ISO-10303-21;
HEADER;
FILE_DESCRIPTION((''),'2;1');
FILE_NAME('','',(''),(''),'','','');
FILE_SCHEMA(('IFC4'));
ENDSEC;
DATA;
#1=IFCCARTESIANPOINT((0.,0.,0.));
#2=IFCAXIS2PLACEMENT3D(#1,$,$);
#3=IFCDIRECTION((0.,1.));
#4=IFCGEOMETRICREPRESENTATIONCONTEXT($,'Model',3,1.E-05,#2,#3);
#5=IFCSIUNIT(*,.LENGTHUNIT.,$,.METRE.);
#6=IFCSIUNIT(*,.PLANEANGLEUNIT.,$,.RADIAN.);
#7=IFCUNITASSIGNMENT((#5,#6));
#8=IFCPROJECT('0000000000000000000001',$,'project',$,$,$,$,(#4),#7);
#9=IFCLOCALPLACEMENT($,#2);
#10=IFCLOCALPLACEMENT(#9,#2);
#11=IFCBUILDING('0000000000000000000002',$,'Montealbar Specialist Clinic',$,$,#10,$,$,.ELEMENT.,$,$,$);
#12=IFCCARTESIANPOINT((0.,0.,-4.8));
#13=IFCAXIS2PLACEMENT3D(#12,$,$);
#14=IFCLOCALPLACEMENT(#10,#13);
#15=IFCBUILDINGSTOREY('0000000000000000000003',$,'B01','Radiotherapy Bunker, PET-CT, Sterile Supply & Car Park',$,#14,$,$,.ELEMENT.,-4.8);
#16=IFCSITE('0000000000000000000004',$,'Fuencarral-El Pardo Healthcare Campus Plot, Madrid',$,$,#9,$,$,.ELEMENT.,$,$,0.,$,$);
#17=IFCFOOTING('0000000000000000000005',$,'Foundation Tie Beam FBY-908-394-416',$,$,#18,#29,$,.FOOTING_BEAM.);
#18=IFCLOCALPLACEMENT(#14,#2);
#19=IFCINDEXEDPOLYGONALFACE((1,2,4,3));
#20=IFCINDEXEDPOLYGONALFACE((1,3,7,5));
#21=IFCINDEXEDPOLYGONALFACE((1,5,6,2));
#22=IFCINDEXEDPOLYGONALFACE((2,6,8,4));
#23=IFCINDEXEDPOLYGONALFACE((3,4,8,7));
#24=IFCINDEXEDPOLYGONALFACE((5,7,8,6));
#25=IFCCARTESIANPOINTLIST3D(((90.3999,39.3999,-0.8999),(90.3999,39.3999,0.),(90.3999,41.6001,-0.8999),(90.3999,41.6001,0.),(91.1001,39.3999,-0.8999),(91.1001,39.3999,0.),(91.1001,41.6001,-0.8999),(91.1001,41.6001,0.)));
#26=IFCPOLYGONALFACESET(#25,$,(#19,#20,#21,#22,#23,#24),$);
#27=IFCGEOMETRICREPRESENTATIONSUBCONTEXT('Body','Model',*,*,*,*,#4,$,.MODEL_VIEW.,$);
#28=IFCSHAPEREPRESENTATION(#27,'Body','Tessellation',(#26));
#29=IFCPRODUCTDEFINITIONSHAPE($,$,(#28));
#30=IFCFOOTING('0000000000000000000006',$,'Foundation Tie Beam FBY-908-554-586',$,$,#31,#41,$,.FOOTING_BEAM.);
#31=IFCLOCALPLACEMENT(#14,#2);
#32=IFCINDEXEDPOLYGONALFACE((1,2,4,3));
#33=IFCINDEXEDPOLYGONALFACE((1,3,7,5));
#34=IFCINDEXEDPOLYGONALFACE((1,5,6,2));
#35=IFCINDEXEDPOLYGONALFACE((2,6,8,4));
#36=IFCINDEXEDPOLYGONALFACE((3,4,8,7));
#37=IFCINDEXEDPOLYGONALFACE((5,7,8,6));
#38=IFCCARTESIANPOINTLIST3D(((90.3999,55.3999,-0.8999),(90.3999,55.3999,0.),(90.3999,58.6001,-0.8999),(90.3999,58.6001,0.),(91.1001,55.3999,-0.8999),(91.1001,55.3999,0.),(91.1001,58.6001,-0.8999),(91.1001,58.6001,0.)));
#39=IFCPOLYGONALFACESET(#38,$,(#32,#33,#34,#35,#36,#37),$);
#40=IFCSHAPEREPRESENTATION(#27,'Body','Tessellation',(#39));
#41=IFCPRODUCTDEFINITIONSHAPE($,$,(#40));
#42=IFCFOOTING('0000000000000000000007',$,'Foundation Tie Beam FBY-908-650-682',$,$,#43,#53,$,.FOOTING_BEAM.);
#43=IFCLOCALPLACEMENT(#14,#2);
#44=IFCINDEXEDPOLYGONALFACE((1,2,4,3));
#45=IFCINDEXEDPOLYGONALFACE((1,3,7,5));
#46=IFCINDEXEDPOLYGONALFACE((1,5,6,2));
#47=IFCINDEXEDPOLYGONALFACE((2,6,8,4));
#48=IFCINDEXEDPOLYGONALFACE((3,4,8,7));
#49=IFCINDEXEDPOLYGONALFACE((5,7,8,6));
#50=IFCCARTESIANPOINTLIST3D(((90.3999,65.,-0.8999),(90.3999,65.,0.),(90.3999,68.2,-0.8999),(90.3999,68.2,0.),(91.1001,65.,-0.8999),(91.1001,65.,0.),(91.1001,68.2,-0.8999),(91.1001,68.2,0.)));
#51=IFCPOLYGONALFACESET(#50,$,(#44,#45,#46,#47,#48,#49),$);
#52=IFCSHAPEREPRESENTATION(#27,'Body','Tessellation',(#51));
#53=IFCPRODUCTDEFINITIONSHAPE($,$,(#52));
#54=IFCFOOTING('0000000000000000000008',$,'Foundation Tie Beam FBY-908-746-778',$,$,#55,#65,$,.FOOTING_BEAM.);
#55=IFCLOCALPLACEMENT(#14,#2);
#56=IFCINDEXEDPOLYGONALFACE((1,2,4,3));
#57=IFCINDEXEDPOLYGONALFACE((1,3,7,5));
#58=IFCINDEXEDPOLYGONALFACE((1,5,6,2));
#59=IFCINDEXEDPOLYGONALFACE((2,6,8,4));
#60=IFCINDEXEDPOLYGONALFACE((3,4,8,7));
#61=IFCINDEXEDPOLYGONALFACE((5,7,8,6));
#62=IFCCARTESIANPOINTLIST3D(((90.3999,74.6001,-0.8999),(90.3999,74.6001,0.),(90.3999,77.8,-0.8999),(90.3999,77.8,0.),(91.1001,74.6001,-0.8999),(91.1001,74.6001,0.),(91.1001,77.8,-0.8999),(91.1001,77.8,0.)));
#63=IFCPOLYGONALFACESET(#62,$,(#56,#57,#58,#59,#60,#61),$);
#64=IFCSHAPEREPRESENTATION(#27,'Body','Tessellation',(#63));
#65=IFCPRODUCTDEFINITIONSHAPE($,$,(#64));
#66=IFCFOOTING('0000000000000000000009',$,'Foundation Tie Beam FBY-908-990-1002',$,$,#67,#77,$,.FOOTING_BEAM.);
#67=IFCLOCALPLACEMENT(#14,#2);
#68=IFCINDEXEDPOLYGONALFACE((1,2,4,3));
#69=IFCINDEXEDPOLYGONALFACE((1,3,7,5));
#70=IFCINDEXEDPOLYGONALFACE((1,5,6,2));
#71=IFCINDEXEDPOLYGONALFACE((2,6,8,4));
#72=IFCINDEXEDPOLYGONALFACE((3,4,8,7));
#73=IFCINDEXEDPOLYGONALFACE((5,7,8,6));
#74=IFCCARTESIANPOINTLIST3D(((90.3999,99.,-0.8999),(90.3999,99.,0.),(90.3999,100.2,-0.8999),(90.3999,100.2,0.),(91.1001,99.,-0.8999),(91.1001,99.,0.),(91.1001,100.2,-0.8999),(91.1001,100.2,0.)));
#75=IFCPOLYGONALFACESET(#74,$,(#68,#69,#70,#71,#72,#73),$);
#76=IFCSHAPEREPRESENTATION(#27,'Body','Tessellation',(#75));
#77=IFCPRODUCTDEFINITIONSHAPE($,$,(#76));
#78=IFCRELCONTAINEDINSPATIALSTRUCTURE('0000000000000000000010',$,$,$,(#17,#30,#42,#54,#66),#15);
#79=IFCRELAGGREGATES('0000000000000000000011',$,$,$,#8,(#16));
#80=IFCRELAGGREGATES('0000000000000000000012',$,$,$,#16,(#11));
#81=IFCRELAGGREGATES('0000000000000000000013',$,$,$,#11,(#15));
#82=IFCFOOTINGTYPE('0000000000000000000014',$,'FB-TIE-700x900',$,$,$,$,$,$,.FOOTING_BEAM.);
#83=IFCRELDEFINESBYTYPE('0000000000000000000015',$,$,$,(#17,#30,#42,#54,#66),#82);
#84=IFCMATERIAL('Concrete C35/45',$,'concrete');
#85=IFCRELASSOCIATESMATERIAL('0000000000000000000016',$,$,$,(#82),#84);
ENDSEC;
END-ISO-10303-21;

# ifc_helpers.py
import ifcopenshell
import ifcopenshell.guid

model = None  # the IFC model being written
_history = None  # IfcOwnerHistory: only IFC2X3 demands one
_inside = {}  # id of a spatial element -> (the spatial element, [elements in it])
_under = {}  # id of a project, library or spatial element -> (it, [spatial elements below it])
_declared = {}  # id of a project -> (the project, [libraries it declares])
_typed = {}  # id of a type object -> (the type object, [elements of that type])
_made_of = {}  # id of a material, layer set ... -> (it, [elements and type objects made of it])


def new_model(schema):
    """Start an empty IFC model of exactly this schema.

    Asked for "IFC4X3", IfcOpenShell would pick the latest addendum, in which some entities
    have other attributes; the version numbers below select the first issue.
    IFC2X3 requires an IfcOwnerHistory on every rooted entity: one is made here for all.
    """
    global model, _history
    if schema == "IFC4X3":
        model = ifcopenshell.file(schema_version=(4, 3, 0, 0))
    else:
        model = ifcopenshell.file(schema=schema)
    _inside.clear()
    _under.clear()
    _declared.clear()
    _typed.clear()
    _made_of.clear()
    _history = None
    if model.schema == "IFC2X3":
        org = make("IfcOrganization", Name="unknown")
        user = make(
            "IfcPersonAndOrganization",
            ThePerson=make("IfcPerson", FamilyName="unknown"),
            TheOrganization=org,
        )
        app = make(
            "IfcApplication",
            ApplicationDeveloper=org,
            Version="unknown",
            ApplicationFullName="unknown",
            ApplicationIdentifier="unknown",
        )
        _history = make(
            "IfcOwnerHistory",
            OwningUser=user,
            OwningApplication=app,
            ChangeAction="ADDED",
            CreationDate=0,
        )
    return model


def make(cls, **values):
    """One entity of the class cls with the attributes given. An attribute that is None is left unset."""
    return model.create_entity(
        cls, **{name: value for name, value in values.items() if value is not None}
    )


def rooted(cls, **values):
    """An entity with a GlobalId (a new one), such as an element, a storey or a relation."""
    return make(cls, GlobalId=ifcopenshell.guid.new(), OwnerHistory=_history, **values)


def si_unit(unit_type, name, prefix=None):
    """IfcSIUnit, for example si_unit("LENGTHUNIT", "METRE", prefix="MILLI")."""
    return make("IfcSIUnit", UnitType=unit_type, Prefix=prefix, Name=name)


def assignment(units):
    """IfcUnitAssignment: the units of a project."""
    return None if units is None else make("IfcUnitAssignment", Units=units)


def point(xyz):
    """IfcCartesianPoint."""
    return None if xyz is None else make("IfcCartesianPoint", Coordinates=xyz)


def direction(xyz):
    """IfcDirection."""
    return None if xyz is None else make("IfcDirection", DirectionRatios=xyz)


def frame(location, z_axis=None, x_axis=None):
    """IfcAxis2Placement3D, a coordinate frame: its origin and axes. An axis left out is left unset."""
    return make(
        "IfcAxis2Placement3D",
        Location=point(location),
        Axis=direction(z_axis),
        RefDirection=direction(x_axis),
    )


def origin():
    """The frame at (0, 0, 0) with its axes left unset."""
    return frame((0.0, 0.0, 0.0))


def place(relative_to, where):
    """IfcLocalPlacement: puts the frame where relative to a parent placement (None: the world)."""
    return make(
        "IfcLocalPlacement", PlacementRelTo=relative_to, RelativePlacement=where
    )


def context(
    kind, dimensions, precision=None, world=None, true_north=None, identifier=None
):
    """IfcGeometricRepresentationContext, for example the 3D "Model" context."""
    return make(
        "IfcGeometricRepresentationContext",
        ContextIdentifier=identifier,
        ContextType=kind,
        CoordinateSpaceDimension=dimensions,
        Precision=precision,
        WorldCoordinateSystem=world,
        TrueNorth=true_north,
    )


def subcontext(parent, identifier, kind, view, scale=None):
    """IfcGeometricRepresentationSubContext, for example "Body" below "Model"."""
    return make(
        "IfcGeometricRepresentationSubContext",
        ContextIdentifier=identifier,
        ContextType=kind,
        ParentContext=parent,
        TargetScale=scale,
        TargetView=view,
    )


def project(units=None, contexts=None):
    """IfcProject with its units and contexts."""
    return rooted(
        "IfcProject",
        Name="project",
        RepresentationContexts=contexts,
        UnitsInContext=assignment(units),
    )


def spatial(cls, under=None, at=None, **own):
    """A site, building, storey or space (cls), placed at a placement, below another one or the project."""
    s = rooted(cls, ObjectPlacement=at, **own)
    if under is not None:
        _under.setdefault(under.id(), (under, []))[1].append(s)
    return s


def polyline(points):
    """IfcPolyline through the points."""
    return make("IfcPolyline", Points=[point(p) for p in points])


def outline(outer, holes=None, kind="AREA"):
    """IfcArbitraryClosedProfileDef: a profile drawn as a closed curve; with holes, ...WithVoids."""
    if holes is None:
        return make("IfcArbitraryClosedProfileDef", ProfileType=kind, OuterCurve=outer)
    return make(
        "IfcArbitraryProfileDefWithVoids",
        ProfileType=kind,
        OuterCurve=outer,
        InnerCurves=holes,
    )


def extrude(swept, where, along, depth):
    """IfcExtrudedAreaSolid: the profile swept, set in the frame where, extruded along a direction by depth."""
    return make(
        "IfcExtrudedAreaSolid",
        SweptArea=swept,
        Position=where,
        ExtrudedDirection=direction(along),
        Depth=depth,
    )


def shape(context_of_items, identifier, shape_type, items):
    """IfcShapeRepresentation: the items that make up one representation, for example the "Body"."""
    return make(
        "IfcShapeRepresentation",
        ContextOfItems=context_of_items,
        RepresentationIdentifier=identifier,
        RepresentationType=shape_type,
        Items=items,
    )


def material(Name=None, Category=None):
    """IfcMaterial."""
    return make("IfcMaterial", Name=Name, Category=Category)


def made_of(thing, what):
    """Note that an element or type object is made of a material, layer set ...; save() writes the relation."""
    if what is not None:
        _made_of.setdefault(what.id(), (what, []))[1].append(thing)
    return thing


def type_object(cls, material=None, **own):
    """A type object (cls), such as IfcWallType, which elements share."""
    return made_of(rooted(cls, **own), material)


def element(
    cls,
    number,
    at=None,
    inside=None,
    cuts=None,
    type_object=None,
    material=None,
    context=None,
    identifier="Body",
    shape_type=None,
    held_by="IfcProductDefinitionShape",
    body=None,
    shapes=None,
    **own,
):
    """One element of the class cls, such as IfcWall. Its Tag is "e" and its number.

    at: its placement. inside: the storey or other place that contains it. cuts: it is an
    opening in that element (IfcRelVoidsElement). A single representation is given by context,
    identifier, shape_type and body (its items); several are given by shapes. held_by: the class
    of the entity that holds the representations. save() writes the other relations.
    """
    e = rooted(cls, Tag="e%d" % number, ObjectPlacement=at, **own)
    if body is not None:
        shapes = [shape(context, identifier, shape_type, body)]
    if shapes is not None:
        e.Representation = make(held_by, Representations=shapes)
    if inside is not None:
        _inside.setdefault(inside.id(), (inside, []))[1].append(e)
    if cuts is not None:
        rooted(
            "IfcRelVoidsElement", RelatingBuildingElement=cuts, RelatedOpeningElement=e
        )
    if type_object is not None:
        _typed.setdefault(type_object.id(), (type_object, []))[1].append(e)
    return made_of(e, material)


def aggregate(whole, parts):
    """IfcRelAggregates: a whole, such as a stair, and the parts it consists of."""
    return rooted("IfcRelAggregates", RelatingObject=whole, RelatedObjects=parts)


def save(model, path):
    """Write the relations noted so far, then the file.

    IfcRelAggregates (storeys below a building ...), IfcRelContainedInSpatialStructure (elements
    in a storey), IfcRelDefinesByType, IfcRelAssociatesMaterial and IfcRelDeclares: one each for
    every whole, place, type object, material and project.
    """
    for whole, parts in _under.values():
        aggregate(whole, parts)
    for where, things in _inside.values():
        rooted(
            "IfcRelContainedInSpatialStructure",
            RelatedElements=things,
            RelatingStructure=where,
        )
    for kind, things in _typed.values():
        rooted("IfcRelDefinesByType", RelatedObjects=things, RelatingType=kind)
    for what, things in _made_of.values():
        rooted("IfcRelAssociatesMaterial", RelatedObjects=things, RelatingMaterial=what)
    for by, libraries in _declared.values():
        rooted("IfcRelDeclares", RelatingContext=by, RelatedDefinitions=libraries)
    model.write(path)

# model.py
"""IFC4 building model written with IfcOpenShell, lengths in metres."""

from ifc_helpers import new_model, si_unit, direction, frame, origin, place, context, subcontext, project, spatial, polyline, outline, extrude, material, type_object, element, save


model = new_model("IFC4")

# Units and contexts
model_context = context("Model", 3, precision=1e-05, world=origin(), true_north=direction((0.0, 1.0)))
body_context = subcontext(model_context, "Body", "Model", "MODEL_VIEW")
ifc_project = project(units=[si_unit("LENGTHUNIT", "METRE"), si_unit("PLANEANGLEUNIT", "RADIAN")], contexts=[model_context])

# Site, building, storey
site_placement = place(None, origin())
site = spatial("IfcSite", under=ifc_project, at=site_placement, Name="Fuencarral-El Pardo Healthcare Campus Plot, Madrid", CompositionType="ELEMENT", RefElevation=0.0)
building_placement = place(site_placement, origin())
building = spatial("IfcBuilding", under=site, at=building_placement, Name="Montealbar Specialist Clinic", CompositionType="ELEMENT")
storey_placement = place(building_placement, frame((0.0, 0.0, -4.8)))
storey = spatial("IfcBuildingStorey", under=building, at=storey_placement, Name="B01", Description="Radiotherapy Bunker, PET-CT, Sterile Supply & Car Park", CompositionType="ELEMENT", Elevation=-4.8)

# Footings
ifc_material = material(Name="Concrete C35/45", Category="concrete")
footing_type_1 = type_object("IfcFootingType", Name="FB-TIE-700x900", PredefinedType="FOOTING_BEAM", material=ifc_material)
footing_1_placement = place(storey_placement, frame((0.0, 0.0, -0.8999)))
element("IfcFooting", 1, at=footing_1_placement, inside=storey, type_object=footing_type_1, Name="Foundation Tie Beam FBY-908-394-416", PredefinedType="FOOTING_BEAM", context=body_context, shape_type="SweptSolid", body=[
    extrude(outline(polyline([(90.3999, 39.3999), (91.1001, 39.3999), (91.1001, 41.6001), (90.3999, 41.6001), (90.3999, 39.3999)])), origin(), (0.0, 0.0, 1.0), 0.8999),
])
footing_2_placement = place(storey_placement, frame((0.0, 0.0, -0.8999)))
element("IfcFooting", 2, at=footing_2_placement, inside=storey, type_object=footing_type_1, Name="Foundation Tie Beam FBY-908-554-586", PredefinedType="FOOTING_BEAM", context=body_context, shape_type="SweptSolid", body=[
    extrude(outline(polyline([(90.3999, 55.3999), (91.1001, 55.3999), (91.1001, 58.6001), (90.3999, 58.6001), (90.3999, 55.3999)])), origin(), (0.0, 0.0, 1.0), 0.8999),
])
footing_3_placement = place(storey_placement, frame((0.0, 0.0, -0.8999)))
element("IfcFooting", 3, at=footing_3_placement, inside=storey, type_object=footing_type_1, Name="Foundation Tie Beam FBY-908-650-682", PredefinedType="FOOTING_BEAM", context=body_context, shape_type="SweptSolid", body=[
    extrude(outline(polyline([(90.3999, 65.0), (91.1001, 65.0), (91.1001, 68.2), (90.3999, 68.2), (90.3999, 65.0)])), origin(), (0.0, 0.0, 1.0), 0.8999),
])
footing_4_placement = place(storey_placement, frame((0.0, 0.0, -0.8999)))
element("IfcFooting", 4, at=footing_4_placement, inside=storey, type_object=footing_type_1, Name="Foundation Tie Beam FBY-908-746-778", PredefinedType="FOOTING_BEAM", context=body_context, shape_type="SweptSolid", body=[
    extrude(outline(polyline([(90.3999, 74.6001), (91.1001, 74.6001), (91.1001, 77.8), (90.3999, 77.8), (90.3999, 74.6001)])), origin(), (0.0, 0.0, 1.0), 0.8999),
])
footing_5_placement = place(storey_placement, frame((0.0, 0.0, -0.8999)))
element("IfcFooting", 5, at=footing_5_placement, inside=storey, type_object=footing_type_1, Name="Foundation Tie Beam FBY-908-990-1002", PredefinedType="FOOTING_BEAM", context=body_context, shape_type="SweptSolid", body=[
    extrude(outline(polyline([(90.3999, 99.0), (91.1001, 99.0), (91.1001, 100.2), (90.3999, 100.2), (90.3999, 99.0)])), origin(), (0.0, 0.0, 1.0), 0.8999),
])

save(model, "model.ifc")
